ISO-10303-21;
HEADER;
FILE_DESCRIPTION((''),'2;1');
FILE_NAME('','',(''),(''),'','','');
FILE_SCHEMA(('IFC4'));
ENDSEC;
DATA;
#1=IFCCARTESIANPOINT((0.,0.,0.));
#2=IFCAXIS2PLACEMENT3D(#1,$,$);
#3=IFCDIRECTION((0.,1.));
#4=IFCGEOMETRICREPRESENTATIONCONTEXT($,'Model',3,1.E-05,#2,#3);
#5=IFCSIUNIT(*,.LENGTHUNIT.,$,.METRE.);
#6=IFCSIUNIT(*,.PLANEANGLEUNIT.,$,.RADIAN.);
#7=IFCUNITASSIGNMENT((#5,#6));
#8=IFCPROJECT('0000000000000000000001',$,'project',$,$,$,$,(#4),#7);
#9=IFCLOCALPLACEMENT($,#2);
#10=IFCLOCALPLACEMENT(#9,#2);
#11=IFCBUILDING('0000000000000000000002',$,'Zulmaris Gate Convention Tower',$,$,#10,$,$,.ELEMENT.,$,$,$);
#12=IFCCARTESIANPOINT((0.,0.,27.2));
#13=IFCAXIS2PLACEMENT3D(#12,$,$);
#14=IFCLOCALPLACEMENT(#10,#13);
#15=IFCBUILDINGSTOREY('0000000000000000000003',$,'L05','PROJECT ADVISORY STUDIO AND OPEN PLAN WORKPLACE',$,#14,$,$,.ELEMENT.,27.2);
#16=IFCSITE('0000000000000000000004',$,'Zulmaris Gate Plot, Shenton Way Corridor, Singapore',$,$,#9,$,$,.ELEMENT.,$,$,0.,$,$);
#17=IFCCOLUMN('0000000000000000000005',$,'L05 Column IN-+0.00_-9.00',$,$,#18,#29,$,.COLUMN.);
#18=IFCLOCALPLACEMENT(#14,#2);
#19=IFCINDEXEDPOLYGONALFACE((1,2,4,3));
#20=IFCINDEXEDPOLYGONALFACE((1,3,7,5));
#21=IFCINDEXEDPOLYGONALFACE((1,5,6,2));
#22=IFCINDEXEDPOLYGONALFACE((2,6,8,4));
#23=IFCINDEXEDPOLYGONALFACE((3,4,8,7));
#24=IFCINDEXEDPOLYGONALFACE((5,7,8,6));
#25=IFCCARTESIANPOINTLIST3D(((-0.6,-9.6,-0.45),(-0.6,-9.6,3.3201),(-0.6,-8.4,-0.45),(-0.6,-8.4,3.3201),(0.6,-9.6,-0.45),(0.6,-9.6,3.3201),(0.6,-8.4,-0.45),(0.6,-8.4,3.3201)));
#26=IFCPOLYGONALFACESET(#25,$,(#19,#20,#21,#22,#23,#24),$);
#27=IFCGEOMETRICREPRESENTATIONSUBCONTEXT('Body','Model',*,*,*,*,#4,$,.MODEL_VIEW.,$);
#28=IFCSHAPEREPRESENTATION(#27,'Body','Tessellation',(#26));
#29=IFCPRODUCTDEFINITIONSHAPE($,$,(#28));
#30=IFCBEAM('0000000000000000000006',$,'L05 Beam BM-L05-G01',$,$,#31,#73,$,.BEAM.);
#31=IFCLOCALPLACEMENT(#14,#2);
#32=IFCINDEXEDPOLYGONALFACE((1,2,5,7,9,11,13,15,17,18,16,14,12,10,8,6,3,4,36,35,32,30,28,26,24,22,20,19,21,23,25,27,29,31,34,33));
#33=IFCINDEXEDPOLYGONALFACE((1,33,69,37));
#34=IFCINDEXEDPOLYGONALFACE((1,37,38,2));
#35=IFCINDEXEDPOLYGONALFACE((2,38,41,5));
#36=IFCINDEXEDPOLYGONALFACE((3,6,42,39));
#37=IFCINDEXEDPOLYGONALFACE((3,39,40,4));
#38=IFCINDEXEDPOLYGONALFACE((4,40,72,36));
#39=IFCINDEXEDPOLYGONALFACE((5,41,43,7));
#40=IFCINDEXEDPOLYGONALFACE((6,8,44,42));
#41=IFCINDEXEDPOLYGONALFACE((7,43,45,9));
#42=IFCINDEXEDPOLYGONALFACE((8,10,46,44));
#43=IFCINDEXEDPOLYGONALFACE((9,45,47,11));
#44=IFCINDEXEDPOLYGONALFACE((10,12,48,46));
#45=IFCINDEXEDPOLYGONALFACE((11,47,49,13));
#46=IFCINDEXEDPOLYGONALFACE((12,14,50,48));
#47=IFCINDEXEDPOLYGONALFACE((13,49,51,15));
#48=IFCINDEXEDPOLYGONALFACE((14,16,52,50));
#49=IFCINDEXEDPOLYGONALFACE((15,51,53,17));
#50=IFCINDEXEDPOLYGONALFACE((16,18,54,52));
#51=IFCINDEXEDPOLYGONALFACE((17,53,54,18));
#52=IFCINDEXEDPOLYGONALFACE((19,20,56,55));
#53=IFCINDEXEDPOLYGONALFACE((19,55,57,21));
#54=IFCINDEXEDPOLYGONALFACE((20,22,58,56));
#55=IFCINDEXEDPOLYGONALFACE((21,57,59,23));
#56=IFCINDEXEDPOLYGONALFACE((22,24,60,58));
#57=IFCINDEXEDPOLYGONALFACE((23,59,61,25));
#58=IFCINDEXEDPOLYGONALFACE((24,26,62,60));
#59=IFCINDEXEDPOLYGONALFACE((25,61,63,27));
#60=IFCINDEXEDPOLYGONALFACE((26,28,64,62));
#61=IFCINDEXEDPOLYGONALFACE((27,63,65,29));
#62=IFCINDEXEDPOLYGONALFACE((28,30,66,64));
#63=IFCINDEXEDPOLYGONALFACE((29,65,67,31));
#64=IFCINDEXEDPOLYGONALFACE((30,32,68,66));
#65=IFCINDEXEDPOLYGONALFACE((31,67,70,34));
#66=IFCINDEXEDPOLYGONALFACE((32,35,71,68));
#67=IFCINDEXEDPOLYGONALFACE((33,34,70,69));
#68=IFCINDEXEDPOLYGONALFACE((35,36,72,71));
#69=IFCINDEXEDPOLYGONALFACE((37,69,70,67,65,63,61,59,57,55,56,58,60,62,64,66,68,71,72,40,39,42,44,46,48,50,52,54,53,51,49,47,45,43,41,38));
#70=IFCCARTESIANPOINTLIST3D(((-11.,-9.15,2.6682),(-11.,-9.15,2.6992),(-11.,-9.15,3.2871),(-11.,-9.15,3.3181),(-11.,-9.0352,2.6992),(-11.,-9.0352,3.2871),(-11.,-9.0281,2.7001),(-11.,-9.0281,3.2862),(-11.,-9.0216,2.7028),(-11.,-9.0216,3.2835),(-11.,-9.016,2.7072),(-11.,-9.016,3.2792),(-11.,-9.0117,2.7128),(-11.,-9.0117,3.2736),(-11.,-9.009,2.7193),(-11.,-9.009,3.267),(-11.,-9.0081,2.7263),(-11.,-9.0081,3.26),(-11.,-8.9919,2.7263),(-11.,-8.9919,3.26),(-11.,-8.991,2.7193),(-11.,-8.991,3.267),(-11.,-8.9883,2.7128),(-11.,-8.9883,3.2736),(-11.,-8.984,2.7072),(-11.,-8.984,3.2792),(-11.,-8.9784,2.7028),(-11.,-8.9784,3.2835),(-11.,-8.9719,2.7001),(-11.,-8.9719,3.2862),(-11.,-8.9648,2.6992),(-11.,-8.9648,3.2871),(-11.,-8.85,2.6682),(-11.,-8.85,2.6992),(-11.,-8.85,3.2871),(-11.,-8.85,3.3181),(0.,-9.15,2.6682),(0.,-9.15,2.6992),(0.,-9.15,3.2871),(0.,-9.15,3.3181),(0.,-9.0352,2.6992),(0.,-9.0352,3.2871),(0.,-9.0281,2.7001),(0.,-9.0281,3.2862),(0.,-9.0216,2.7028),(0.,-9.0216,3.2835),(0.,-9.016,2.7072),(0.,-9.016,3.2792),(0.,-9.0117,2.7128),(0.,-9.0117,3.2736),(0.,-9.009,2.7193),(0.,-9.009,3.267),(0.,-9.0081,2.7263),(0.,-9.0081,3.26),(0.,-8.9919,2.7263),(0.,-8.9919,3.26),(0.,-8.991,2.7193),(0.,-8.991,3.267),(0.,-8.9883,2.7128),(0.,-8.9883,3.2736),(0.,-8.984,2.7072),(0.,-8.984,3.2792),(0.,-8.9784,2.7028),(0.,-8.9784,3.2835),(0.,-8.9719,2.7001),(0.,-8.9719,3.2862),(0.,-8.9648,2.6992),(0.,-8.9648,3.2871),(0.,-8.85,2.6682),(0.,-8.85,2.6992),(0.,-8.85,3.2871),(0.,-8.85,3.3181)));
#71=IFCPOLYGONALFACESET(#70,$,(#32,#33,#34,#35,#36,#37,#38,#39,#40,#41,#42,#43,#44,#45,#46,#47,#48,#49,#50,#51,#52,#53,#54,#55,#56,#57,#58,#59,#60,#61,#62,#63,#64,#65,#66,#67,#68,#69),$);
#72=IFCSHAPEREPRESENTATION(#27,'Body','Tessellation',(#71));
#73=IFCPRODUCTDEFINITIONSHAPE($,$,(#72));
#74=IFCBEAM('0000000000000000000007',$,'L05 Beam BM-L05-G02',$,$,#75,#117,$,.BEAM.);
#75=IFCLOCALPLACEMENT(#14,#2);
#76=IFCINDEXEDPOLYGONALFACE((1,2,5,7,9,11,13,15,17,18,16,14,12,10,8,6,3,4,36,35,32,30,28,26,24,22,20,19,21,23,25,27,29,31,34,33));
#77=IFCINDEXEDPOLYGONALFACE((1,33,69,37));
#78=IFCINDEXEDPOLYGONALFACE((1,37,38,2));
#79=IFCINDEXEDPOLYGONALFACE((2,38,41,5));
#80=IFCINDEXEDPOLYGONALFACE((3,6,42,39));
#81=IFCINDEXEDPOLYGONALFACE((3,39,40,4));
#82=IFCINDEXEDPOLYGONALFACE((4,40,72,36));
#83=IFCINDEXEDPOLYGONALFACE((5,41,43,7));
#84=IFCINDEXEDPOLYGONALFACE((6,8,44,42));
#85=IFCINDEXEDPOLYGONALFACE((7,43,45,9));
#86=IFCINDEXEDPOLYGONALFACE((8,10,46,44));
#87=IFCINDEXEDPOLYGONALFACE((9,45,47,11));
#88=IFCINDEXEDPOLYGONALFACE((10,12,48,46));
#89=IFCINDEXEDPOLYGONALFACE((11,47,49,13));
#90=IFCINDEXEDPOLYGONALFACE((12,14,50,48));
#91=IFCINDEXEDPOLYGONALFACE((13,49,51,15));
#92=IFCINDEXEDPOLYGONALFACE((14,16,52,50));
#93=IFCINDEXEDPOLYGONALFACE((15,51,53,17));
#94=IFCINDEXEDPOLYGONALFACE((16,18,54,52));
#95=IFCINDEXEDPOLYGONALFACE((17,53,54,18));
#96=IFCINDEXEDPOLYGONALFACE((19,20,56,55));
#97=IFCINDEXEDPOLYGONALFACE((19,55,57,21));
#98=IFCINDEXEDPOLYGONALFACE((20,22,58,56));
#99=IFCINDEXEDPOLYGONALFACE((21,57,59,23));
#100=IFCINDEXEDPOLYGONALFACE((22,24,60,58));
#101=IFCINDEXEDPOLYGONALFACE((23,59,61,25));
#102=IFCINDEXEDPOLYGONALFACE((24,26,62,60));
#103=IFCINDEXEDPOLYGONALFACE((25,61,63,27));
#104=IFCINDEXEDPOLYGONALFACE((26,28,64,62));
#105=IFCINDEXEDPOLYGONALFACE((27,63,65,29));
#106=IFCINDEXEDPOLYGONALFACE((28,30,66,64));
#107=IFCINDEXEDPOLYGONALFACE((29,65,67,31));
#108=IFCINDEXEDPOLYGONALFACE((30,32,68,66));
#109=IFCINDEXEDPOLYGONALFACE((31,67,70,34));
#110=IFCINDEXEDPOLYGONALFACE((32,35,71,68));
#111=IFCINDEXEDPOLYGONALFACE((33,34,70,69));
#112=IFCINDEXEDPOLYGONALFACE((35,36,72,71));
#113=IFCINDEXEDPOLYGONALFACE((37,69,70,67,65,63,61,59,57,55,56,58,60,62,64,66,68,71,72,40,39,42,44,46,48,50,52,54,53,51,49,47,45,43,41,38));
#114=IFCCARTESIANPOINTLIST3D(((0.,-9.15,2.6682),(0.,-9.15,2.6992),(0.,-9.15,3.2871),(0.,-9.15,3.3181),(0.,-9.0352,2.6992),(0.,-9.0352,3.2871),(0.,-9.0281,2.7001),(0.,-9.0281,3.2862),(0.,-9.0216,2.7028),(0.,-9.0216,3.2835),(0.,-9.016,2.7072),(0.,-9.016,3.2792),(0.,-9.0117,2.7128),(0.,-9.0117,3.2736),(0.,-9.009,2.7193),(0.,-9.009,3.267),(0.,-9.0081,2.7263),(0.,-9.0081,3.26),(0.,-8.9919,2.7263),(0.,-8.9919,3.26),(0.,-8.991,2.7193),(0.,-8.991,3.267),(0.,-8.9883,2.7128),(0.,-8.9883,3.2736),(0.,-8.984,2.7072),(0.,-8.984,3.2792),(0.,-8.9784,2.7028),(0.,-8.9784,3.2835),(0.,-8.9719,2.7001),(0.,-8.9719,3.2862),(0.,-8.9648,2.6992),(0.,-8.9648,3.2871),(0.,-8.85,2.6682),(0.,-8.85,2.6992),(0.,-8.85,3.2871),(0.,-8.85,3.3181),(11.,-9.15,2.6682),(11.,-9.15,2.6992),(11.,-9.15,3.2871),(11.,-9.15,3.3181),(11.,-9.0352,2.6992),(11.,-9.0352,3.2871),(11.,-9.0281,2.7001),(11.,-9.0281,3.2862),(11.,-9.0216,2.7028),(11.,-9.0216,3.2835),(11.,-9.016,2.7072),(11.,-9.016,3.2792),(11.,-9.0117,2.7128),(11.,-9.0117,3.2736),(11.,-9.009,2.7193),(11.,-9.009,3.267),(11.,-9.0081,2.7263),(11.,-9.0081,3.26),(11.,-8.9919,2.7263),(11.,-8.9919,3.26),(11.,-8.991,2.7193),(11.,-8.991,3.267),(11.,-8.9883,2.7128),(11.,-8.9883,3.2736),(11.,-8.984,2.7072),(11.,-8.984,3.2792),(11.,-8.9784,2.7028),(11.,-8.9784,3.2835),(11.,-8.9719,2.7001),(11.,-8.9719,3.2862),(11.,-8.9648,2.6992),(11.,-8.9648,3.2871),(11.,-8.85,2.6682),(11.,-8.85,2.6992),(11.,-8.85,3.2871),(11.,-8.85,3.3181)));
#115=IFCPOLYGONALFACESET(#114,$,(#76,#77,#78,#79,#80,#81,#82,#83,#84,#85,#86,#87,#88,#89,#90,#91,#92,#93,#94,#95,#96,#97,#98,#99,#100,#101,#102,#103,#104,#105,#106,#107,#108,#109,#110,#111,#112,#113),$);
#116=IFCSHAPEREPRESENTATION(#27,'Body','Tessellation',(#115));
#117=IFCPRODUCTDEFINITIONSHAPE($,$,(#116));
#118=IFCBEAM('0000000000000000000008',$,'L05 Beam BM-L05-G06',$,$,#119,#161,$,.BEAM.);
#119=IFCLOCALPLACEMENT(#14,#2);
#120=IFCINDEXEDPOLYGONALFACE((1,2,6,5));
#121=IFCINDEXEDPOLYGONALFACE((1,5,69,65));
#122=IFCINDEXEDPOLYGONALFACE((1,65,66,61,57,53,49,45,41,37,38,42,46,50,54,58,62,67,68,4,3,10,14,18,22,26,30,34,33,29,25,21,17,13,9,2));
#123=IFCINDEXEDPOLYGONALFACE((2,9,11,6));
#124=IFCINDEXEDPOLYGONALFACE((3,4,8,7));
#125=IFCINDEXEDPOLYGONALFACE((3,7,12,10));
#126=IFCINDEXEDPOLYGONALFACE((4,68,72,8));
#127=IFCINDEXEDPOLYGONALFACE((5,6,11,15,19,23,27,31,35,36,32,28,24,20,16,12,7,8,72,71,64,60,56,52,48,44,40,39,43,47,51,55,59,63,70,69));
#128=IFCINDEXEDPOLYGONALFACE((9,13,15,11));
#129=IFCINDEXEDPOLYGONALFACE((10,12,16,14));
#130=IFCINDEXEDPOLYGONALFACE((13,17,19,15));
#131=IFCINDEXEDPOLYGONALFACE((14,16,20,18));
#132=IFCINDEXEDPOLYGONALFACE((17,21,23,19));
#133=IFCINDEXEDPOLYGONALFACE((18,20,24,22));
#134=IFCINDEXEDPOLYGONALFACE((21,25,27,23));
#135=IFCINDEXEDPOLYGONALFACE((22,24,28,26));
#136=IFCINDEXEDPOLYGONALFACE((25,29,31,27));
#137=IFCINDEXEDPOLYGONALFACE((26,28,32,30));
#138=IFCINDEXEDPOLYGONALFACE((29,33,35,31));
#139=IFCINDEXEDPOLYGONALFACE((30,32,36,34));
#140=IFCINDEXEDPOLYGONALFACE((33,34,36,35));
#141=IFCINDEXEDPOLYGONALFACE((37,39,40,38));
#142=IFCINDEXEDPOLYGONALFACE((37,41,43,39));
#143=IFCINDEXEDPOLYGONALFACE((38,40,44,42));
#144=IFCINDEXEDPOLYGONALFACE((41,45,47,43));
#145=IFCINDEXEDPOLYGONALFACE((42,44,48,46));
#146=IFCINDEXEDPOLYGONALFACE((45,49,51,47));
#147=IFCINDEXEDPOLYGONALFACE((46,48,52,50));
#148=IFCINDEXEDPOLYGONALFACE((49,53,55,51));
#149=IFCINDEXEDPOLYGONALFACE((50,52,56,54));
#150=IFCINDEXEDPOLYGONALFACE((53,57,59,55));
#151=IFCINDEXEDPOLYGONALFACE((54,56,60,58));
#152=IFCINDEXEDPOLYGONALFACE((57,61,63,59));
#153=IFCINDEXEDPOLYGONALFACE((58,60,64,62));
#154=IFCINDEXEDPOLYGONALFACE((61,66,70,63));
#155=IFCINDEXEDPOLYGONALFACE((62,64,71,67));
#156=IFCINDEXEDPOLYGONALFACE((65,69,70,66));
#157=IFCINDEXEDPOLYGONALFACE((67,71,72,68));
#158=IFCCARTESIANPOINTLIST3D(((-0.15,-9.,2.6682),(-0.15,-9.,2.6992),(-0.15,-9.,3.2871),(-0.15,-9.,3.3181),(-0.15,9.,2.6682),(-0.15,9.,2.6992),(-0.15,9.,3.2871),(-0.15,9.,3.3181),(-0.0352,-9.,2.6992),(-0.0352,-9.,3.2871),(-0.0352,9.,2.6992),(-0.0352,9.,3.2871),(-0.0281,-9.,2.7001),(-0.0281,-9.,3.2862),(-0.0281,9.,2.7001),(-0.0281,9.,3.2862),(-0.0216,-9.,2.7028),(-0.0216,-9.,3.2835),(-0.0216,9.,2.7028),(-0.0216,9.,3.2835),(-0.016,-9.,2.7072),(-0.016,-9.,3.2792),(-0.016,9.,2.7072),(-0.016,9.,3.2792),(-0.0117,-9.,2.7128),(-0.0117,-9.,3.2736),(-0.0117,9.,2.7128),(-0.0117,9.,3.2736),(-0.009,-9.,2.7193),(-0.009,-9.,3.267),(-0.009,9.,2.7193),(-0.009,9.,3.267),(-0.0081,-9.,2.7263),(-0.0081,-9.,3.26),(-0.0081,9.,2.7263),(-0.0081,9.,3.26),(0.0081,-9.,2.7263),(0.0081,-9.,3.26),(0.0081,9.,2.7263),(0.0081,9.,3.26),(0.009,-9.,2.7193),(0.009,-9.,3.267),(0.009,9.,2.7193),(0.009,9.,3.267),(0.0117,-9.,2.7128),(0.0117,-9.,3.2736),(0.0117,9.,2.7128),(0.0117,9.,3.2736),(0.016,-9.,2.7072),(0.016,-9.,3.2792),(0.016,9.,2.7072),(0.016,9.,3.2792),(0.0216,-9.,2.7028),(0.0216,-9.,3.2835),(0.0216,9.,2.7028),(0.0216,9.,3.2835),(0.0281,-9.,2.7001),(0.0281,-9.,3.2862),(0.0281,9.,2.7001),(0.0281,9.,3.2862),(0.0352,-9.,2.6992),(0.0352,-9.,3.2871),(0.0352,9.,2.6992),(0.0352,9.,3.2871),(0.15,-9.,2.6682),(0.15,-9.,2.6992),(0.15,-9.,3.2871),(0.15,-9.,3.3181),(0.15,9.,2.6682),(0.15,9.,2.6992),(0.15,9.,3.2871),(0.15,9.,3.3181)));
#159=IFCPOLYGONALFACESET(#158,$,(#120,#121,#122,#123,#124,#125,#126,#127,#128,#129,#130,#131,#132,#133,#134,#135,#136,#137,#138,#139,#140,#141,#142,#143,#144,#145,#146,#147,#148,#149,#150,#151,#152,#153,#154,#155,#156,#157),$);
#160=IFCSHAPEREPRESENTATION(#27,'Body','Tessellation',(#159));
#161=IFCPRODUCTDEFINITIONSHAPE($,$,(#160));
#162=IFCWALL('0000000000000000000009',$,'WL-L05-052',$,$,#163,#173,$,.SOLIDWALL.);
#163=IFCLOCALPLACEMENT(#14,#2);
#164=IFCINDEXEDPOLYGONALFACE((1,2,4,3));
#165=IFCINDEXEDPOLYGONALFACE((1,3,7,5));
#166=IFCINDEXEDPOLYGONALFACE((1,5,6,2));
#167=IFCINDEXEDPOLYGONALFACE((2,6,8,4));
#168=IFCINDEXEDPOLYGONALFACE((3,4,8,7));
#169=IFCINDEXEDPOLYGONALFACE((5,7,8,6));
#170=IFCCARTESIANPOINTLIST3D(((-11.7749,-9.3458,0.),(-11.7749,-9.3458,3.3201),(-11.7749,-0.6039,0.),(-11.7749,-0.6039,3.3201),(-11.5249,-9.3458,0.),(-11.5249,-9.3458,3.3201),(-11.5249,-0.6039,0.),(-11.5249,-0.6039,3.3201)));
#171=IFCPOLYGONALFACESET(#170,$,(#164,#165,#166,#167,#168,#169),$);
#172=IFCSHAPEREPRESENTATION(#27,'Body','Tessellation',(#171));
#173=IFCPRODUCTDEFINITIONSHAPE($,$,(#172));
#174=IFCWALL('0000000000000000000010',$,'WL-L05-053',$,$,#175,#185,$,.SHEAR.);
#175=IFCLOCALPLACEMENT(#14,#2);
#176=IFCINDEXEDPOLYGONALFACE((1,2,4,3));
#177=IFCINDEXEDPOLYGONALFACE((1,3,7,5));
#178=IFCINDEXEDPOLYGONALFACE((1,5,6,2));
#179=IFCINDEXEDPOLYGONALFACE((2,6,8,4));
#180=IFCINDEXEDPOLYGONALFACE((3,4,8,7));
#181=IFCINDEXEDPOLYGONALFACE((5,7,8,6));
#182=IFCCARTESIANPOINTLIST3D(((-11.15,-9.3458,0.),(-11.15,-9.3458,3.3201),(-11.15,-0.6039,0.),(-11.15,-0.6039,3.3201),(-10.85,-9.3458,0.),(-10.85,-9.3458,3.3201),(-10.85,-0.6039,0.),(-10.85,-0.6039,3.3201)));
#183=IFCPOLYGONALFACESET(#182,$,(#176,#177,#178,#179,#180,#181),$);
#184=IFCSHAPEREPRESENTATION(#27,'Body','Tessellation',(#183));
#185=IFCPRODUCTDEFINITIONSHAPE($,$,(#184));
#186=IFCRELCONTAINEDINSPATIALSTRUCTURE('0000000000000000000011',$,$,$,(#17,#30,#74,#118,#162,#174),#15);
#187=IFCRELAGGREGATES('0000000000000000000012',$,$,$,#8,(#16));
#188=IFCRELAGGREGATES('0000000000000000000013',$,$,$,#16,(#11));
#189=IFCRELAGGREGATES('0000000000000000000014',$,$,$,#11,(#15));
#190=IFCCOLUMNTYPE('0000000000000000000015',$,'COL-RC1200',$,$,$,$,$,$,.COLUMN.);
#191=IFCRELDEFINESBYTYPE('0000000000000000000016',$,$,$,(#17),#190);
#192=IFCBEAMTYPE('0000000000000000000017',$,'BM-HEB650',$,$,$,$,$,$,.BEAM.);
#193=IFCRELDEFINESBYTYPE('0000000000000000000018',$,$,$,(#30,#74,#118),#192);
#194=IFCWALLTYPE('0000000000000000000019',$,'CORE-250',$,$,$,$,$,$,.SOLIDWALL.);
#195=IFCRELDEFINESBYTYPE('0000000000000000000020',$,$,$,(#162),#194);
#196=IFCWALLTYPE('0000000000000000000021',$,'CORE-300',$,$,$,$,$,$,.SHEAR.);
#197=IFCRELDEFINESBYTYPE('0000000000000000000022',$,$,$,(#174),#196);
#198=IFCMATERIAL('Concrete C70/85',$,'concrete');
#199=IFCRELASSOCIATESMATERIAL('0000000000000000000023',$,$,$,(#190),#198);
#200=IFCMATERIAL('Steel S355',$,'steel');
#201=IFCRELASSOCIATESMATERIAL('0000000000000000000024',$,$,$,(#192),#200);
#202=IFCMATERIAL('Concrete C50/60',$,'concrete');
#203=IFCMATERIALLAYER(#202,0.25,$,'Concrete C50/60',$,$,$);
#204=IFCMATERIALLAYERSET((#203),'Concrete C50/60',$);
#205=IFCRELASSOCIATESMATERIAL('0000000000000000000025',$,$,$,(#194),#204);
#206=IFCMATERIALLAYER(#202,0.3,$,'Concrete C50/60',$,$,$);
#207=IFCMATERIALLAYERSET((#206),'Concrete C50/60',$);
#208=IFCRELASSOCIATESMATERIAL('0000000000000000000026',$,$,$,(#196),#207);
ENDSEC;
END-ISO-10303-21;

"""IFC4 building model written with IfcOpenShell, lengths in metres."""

from ifc_helpers import new_model, si_unit, direction, frame, frame_2d, origin, origin_2d, place, context, subcontext, project, spatial, rectangle, i_section, extrude, material, layer, layer_set, material_profile, profile_set, type_object, element, save


model = new_model("IFC4")

# Units and contexts
model_context = context("Model", 3, precision=1e-05, world=origin(), true_north=direction((0.0, 1.0)))
body_context = subcontext(model_context, "Body", "Model", "MODEL_VIEW")
ifc_project = project(units=[si_unit("LENGTHUNIT", "METRE"), si_unit("PLANEANGLEUNIT", "RADIAN")], contexts=[model_context])

# Site, building, storey
site_placement = place(None, origin())
site = spatial("IfcSite", under=ifc_project, at=site_placement, Name="Zulmaris Gate Plot, Shenton Way Corridor, Singapore", CompositionType="ELEMENT", RefElevation=0.0)
building_placement = place(site_placement, origin())
building = spatial("IfcBuilding", under=site, at=building_placement, Name="Zulmaris Gate Convention Tower", CompositionType="ELEMENT")
storey_placement = place(building_placement, frame((0.0, 0.0, 27.2)))
storey = spatial("IfcBuildingStorey", under=building, at=storey_placement, Name="L05", Description="PROJECT ADVISORY STUDIO AND OPEN PLAN WORKPLACE", CompositionType="ELEMENT", Elevation=27.2)

# Column
ifc_material_1 = material(Name="Concrete C70/85", Category="concrete")
ifc_material_profile_1 = material_profile(ifc_material_1, rectangle(XDim=1.2, YDim=1.2, at=origin_2d()), Name="RC COL 1200x1200")
ifc_profile_set_1 = profile_set([ifc_material_profile_1], Name="Concrete C70/85")
column_type = type_object("IfcColumnType", Name="COL-RC1200", PredefinedType="COLUMN", material=ifc_profile_set_1)
column_placement = place(storey_placement, frame((0.0, -9.0, -0.45), z_axis=(0.0, 0.0, 1.0), x_axis=(1.0, 0.0, 0.0)))
element("IfcColumn", 1, at=column_placement, inside=storey, type_object=column_type, Name="L05 Column IN-+0.00_-9.00", PredefinedType="COLUMN", context=body_context, shape_type="SweptSolid", body=[
    extrude(rectangle(XDim=1.2, YDim=1.2, at=origin_2d()), origin(), (0.0, 0.0, 1.0), 3.77),
])

# Beams
ifc_material_2 = material(Name="Steel S355", Category="steel")
ifc_material_profile_2 = material_profile(ifc_material_2, i_section(OverallWidth=0.3, OverallDepth=0.6499, WebThickness=0.0161, FlangeThickness=0.031, FilletRadius=0.0271, at=origin_2d()), Name="HEB 650")
ifc_profile_set_2 = profile_set([ifc_material_profile_2], Name="Steel S355")
beam_type = type_object("IfcBeamType", Name="BM-HEB650", PredefinedType="BEAM", material=ifc_profile_set_2)
for number, where, z_axis, x_axis, name in (
    (2, (-11.0, -9.0, 2.9932), (1.0, 0.0, 0.0), (0.0, 1.0, 0.0), "L05 Beam BM-L05-G01"),
    (3, (0.0, -9.0, 2.9932), (1.0, 0.0, 0.0), (0.0, 1.0, 0.0), "L05 Beam BM-L05-G02"),
):
    element("IfcBeam", number, at=place(storey_placement, frame(where, z_axis=z_axis, x_axis=x_axis)), inside=storey, type_object=beam_type, Name=name, PredefinedType="BEAM", context=body_context, shape_type="SweptSolid", body=[
        extrude(i_section(OverallWidth=0.3, OverallDepth=0.6499, WebThickness=0.0161, FlangeThickness=0.031, FilletRadius=0.0271, at=origin_2d()), origin(), (0.0, 0.0, 1.0), 11.0),
    ])
beam_placement = place(storey_placement, frame((0.0, -9.0, 2.9932), z_axis=(0.0, 1.0, 0.0), x_axis=(-1.0, 0.0, 0.0)))
element("IfcBeam", 4, at=beam_placement, inside=storey, type_object=beam_type, Name="L05 Beam BM-L05-G06", PredefinedType="BEAM", context=body_context, shape_type="SweptSolid", body=[
    extrude(i_section(OverallWidth=0.3, OverallDepth=0.6499, WebThickness=0.0161, FlangeThickness=0.031, FilletRadius=0.0271, at=origin_2d()), origin(), (0.0, 0.0, 1.0), 18.0),
])

# Walls
ifc_material_3 = material(Name="Concrete C50/60", Category="concrete")
ifc_layer_1 = layer(ifc_material_3, 0.25, Name="Concrete C50/60")
ifc_layer_set_1 = layer_set([ifc_layer_1], Name="Concrete C50/60")
wall_type_1 = type_object("IfcWallType", Name="CORE-250", PredefinedType="SOLIDWALL", material=ifc_layer_set_1)
wall_1_placement = place(storey_placement, frame((-11.6499, -9.3459, 0.0), z_axis=(0.0, 0.0, 1.0), x_axis=(0.0, 1.0, 0.0)))
element("IfcWall", 5, at=wall_1_placement, inside=storey, type_object=wall_type_1, Name="WL-L05-052", PredefinedType="SOLIDWALL", context=body_context, shape_type="SweptSolid", body=[
    extrude(rectangle(XDim=8.7419, YDim=0.25, at=frame_2d((4.3711, 0.0))), origin(), (0.0, 0.0, 1.0), 3.3201),
])
ifc_layer_2 = layer(ifc_material_3, 0.3, Name="Concrete C50/60")
ifc_layer_set_2 = layer_set([ifc_layer_2], Name="Concrete C50/60")
wall_type_2 = type_object("IfcWallType", Name="CORE-300", PredefinedType="SHEAR", material=ifc_layer_set_2)
wall_2_placement = place(storey_placement, frame((-11.0, -9.3459, 0.0), z_axis=(0.0, 0.0, 1.0), x_axis=(0.0, 1.0, 0.0)))
element("IfcWall", 6, at=wall_2_placement, inside=storey, type_object=wall_type_2, Name="WL-L05-053", PredefinedType="SHEAR", context=body_context, shape_type="SweptSolid", body=[
    extrude(rectangle(XDim=8.7419, YDim=0.3, at=frame_2d((4.3711, 0.0))), origin(), (0.0, 0.0, 1.0), 3.3201),
])

save(model, "model.ifc")
